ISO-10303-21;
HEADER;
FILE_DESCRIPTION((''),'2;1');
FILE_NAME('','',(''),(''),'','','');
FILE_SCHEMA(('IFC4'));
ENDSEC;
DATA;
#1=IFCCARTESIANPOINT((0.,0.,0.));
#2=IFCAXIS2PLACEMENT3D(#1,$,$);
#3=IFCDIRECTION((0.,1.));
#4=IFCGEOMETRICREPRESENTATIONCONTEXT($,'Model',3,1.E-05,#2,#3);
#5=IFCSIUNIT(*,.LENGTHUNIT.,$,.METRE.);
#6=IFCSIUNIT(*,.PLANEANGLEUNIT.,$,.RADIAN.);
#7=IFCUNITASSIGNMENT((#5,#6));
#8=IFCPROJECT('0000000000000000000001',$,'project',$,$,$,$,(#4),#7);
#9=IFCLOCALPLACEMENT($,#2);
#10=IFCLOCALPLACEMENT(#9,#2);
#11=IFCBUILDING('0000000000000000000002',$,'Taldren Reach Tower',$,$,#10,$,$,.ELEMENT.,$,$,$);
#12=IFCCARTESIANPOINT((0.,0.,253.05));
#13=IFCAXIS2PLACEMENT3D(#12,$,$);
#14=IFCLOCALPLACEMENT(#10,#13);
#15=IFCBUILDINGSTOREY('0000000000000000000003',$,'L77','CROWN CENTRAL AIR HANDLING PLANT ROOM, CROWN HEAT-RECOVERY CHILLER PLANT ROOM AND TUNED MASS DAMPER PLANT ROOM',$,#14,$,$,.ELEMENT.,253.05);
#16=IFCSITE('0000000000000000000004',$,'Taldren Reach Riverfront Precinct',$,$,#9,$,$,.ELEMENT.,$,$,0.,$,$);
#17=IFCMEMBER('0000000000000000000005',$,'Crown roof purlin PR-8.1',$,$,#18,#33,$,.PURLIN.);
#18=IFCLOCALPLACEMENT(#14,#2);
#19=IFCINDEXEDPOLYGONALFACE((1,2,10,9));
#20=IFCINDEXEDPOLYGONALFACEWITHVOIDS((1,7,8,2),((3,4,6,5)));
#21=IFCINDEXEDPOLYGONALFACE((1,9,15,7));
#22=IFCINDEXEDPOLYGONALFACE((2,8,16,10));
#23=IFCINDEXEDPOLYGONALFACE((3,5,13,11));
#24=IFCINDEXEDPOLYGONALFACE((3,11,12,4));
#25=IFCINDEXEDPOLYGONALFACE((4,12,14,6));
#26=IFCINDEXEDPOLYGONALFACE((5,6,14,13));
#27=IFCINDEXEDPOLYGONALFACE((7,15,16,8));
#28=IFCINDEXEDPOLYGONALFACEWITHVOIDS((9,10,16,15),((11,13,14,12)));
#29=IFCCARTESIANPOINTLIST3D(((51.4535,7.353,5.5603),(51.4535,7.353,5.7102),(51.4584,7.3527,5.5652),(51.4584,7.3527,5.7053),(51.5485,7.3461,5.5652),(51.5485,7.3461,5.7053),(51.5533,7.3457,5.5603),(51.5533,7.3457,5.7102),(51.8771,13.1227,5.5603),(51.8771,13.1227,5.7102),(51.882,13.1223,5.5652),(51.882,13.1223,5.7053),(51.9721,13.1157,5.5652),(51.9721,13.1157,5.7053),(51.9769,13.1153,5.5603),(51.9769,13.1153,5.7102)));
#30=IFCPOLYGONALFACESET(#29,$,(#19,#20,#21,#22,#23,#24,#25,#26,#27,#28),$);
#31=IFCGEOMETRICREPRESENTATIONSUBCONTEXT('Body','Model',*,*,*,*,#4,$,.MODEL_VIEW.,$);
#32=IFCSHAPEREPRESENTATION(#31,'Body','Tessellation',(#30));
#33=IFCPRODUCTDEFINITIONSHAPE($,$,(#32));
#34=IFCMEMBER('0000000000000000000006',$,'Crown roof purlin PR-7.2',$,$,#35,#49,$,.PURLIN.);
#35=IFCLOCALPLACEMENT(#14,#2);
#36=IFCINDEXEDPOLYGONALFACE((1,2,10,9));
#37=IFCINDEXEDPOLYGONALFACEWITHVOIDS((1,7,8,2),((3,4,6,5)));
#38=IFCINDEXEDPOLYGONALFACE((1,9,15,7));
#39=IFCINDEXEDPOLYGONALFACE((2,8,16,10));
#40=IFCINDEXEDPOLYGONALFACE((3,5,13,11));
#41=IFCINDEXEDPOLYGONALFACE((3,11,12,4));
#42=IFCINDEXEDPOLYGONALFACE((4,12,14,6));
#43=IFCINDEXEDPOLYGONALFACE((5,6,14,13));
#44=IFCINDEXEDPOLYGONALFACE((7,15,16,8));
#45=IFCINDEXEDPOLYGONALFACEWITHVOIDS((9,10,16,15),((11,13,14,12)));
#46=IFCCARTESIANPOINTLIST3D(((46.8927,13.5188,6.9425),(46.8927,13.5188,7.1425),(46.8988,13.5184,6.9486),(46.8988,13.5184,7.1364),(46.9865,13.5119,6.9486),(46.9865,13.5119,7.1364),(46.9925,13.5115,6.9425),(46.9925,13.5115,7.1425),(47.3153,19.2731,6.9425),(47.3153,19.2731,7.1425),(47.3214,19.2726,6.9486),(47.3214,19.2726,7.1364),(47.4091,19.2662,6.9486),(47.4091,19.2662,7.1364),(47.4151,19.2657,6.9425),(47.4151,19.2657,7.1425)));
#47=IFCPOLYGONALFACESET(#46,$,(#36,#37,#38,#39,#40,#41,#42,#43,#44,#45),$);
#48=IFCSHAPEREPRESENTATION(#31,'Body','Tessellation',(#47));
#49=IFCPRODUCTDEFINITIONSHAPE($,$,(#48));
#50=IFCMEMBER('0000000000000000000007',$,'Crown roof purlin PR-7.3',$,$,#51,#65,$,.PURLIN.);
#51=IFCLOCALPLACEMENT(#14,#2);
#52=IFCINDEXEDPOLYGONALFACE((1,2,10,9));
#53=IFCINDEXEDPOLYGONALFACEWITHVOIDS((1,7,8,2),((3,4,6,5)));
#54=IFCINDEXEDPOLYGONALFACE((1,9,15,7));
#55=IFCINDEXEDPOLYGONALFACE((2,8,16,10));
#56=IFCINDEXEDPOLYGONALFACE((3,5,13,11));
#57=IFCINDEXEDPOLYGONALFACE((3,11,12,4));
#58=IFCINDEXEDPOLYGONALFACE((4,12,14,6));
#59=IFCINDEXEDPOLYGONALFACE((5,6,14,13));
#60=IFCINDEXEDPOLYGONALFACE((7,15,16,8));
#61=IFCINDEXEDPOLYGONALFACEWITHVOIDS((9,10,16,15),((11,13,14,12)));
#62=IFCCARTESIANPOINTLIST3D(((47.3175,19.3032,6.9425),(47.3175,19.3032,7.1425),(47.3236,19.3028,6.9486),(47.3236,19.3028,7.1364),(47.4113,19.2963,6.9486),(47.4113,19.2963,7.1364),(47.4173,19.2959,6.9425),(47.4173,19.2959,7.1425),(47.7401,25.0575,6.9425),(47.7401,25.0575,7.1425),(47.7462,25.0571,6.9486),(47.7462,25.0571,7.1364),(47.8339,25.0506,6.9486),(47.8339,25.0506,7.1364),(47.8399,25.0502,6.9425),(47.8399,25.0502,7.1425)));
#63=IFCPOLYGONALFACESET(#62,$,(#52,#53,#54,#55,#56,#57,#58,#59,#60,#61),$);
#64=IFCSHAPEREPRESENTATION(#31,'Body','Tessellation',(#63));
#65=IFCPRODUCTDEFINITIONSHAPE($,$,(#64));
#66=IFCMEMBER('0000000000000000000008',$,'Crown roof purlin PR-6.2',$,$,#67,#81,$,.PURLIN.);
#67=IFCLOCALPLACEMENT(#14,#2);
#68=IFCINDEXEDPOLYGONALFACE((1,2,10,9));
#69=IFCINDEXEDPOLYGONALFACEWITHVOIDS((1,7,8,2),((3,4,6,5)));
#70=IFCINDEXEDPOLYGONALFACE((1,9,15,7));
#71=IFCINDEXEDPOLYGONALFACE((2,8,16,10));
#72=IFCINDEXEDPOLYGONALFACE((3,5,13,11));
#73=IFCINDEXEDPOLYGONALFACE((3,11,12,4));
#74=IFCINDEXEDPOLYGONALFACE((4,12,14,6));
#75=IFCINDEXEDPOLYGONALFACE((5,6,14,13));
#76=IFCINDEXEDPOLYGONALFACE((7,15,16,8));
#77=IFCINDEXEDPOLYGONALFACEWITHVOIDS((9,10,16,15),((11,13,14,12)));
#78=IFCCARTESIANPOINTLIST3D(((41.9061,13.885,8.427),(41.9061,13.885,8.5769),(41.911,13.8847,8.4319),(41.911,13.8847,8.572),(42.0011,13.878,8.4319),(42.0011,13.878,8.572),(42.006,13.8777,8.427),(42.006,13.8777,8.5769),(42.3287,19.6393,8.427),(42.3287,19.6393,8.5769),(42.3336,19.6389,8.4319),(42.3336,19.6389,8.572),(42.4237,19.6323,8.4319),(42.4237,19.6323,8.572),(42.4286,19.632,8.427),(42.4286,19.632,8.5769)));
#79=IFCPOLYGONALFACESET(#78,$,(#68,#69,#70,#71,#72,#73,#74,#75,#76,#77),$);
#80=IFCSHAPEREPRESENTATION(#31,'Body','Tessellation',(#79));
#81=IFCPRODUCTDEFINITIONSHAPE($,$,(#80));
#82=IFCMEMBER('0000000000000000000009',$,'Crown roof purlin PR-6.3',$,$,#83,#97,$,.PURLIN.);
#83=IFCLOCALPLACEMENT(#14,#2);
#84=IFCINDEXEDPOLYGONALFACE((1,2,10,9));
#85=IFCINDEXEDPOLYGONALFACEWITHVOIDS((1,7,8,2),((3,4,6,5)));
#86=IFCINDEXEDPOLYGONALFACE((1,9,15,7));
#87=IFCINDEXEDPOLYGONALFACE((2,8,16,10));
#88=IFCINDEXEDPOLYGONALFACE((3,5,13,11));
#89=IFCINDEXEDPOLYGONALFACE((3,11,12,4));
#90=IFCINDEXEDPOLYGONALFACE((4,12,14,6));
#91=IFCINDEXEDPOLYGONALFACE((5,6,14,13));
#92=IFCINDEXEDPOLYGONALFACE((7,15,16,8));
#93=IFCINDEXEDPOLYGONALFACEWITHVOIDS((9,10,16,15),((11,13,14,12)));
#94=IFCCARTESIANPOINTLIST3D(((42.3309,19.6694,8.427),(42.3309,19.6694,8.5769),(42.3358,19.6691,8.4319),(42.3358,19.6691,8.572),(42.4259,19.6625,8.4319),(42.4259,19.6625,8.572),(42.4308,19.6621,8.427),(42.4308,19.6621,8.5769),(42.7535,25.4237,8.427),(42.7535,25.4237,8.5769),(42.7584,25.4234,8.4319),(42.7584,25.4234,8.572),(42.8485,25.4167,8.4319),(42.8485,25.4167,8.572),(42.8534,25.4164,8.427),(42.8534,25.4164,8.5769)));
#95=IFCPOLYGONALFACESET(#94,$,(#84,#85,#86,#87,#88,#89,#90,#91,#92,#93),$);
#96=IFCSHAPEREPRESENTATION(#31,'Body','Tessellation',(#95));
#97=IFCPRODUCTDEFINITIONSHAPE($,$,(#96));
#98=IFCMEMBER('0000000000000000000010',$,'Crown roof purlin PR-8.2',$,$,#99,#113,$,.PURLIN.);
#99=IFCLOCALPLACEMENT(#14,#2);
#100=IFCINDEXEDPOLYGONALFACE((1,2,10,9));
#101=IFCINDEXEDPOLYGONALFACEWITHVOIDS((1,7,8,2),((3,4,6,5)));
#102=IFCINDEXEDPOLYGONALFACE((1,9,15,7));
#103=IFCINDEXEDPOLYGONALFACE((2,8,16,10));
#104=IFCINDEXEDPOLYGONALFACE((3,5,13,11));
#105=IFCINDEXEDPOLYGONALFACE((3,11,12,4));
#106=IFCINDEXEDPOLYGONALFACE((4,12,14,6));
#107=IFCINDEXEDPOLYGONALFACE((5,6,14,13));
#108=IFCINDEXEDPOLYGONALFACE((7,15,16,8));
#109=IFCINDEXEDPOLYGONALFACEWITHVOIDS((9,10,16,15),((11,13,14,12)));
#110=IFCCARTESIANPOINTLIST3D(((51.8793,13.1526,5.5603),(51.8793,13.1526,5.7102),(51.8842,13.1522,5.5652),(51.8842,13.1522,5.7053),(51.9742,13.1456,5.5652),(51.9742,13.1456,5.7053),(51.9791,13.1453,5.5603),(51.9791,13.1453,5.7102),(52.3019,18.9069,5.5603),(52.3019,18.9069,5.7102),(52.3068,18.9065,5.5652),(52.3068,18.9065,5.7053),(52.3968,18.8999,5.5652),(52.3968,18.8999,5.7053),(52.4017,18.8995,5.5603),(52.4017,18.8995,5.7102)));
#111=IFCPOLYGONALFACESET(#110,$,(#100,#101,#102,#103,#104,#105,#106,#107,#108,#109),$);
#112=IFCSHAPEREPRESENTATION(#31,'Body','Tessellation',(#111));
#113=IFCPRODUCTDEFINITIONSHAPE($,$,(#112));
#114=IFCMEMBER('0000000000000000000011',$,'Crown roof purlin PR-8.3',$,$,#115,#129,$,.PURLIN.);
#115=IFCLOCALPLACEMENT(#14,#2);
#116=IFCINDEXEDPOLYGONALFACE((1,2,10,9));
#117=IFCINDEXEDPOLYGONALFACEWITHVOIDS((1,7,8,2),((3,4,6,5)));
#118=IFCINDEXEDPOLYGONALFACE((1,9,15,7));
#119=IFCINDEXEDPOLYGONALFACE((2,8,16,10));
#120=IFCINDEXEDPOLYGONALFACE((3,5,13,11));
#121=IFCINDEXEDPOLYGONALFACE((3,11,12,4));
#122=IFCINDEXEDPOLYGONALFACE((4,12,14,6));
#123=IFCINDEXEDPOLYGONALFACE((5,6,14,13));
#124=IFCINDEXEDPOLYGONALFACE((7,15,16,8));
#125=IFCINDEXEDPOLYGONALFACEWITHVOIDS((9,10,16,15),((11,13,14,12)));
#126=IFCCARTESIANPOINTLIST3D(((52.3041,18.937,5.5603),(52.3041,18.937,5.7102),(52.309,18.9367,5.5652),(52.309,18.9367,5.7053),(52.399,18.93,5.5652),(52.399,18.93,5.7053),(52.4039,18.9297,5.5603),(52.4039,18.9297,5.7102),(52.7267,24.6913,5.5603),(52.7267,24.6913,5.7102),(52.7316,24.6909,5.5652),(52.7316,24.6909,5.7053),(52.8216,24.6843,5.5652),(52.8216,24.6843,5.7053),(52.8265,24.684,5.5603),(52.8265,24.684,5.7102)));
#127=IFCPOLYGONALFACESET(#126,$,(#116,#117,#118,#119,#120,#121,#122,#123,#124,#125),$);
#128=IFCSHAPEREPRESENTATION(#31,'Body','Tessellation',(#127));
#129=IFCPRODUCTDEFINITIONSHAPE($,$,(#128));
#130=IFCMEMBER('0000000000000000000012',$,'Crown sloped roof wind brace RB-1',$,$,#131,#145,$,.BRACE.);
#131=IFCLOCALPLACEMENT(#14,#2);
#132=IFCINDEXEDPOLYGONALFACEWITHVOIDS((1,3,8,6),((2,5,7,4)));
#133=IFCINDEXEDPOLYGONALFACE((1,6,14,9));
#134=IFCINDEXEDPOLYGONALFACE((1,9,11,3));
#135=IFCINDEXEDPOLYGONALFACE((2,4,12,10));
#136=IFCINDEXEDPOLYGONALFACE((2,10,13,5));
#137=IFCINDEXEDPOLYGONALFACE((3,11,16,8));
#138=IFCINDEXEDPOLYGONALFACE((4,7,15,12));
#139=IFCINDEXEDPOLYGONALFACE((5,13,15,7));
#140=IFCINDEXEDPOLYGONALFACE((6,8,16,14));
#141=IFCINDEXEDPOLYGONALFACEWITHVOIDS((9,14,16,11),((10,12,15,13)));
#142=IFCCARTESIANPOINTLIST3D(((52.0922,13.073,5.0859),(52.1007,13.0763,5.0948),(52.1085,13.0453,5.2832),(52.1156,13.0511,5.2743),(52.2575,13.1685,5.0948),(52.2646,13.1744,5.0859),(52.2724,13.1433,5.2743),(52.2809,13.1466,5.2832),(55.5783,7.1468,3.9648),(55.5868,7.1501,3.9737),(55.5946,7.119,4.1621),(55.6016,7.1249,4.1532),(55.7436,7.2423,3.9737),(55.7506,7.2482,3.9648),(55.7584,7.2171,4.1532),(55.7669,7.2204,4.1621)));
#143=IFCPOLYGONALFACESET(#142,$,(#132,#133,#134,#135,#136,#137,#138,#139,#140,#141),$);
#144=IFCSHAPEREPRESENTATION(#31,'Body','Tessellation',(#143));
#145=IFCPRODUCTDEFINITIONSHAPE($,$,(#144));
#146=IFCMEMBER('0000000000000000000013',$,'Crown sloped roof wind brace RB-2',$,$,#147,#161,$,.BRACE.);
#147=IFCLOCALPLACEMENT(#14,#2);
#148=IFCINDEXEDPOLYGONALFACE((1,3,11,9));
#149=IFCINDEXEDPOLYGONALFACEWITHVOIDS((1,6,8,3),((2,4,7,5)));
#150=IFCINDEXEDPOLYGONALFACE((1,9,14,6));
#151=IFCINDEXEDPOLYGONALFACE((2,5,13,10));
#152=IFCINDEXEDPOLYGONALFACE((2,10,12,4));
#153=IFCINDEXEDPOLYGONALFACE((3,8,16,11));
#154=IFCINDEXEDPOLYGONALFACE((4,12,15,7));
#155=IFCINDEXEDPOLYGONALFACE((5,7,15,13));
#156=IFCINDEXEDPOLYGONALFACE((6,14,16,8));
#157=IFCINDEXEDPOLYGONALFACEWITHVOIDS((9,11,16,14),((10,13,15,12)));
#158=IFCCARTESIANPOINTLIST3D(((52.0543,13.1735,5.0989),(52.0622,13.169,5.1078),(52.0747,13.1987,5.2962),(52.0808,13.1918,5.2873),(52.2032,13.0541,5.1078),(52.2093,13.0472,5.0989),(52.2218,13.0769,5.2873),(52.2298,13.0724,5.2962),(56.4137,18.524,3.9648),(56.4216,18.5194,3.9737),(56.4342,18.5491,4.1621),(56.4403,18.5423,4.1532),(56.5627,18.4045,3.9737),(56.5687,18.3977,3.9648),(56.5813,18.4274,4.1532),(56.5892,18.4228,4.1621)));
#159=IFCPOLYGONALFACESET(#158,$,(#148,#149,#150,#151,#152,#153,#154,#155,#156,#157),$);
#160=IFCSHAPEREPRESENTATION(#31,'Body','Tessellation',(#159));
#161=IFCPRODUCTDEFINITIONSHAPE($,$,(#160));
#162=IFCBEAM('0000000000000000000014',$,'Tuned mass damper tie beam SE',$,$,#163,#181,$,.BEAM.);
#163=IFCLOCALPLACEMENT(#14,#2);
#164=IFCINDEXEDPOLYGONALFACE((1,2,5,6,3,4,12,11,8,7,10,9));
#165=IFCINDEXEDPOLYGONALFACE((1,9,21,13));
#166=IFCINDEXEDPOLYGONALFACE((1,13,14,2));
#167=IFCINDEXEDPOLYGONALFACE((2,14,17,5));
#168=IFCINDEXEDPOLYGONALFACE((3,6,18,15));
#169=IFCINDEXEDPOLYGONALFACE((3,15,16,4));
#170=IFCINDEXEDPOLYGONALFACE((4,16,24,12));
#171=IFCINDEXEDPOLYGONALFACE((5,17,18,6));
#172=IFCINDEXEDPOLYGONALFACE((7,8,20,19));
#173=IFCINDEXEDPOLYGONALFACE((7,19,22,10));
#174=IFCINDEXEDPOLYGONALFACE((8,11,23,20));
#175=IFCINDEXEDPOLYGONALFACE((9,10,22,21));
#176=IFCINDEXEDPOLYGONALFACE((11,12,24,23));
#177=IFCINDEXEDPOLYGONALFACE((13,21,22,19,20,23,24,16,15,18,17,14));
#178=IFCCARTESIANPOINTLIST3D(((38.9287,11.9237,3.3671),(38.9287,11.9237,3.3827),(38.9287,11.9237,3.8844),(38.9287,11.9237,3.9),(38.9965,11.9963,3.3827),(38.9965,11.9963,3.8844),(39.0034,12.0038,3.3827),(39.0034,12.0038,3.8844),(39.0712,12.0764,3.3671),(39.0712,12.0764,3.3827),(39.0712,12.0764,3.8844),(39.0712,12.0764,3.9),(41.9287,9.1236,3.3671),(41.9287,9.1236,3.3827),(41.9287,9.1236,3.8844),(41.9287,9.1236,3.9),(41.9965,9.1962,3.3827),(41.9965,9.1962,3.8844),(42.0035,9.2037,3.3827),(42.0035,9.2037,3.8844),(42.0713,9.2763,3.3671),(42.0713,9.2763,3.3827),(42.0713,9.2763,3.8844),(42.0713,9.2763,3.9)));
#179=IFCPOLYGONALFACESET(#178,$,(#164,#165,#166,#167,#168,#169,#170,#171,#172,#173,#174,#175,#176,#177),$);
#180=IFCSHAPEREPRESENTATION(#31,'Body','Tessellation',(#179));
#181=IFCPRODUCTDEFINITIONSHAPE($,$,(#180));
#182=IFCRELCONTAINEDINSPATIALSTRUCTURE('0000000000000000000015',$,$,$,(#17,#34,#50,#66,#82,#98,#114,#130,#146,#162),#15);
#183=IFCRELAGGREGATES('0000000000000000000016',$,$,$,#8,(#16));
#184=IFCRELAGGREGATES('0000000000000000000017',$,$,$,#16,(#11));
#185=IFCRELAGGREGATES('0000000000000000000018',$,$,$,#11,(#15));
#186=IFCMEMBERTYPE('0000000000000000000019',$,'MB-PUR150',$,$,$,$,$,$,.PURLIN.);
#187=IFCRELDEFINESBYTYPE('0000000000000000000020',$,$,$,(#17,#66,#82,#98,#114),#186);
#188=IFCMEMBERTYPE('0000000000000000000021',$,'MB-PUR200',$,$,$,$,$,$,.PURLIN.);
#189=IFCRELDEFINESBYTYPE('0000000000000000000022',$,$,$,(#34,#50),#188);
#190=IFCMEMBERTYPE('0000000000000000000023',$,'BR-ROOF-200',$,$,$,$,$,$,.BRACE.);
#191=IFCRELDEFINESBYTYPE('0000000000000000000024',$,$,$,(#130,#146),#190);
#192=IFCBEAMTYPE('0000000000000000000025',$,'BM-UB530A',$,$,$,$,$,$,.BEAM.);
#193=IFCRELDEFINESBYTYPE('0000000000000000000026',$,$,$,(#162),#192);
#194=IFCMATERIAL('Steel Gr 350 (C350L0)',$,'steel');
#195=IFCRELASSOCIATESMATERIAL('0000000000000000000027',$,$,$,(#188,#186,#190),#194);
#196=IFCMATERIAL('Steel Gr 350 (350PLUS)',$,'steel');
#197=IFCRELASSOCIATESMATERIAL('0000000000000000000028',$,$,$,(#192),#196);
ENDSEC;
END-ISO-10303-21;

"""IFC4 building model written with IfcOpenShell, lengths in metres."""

from ifc_helpers import new_model, si_unit, direction, frame, origin, origin_2d, place, context, subcontext, project, spatial, hollow_rectangle, i_section, extrude, source, transform, mapped, material, material_profile, profile_set, type_object, element, save


model = new_model("IFC4")

# Units and contexts
model_context = context("Model", 3, precision=1e-05, world=origin(), true_north=direction((0.0, 1.0)))
body_context = subcontext(model_context, "Body", "Model", "MODEL_VIEW")
ifc_project = project(units=[si_unit("LENGTHUNIT", "METRE"), si_unit("PLANEANGLEUNIT", "RADIAN")], contexts=[model_context])

# Site, building, storey
site_placement = place(None, origin())
site = spatial("IfcSite", under=ifc_project, at=site_placement, Name="Taldren Reach Riverfront Precinct", CompositionType="ELEMENT", RefElevation=0.0)
building_placement = place(site_placement, origin())
building = spatial("IfcBuilding", under=site, at=building_placement, Name="Taldren Reach Tower", CompositionType="ELEMENT")
storey_placement = place(building_placement, frame((0.0, 0.0, 253.05)))
storey = spatial("IfcBuildingStorey", under=building, at=storey_placement, Name="L77", Description="CROWN CENTRAL AIR HANDLING PLANT ROOM, CROWN HEAT-RECOVERY CHILLER PLANT ROOM AND TUNED MASS DAMPER PLANT ROOM", CompositionType="ELEMENT", Elevation=253.05)

# Shared definitions
ifc_material_1 = material(Name="Steel Gr 350 (350PLUS)", Category="steel")

# Shared definitions
ifc_material_2 = material(Name="Steel Gr 350 (C350L0)", Category="steel")

# Members
ifc_material_profile_1 = material_profile(ifc_material_2, hollow_rectangle(XDim=0.1001, YDim=0.2, WallThickness=0.0061, at=origin_2d()), Name="200x100x6.0RHS")
ifc_profile_set_1 = profile_set([ifc_material_profile_1], Name="Steel Gr 350 (C350L0)")
member_type_1 = type_object("IfcMemberType", Name="MB-PUR200", PredefinedType="PURLIN", material=ifc_profile_set_1)
ifc_material_profile_2 = material_profile(ifc_material_2, hollow_rectangle(XDim=0.1001, YDim=0.1499, WallThickness=0.0049, at=origin_2d()), Name="150x100x5.0RHS")
ifc_profile_set_2 = profile_set([ifc_material_profile_2], Name="Steel Gr 350 (C350L0)")
member_type_2 = type_object("IfcMemberType", Name="MB-PUR150", PredefinedType="PURLIN", material=ifc_profile_set_2)
shared_shape_1 = source(origin(), body_context, "Body", "SweptSolid", [
    extrude(hollow_rectangle(XDim=0.1001, YDim=0.1499, WallThickness=0.0049, at=origin_2d()), origin(), (0.0, 0.0, 1.0), 5.7852),
])
member_1_placement = place(storey_placement, frame((51.5034, 7.3494, 5.6353), z_axis=(0.07322, 0.997316, 0.0), x_axis=(-0.997316, 0.07322, 0.0)))
element("IfcMember", 1, at=member_1_placement, inside=storey, type_object=member_type_2, Name="Crown roof purlin PR-8.1", PredefinedType="PURLIN", context=body_context, shape_type="MappedRepresentation", body=[
    mapped(shared_shape_1, transform((0.0, 0.0, 0.0), scale=1.0)),
])
shared_shape_2 = source(origin(), body_context, "Body", "SweptSolid", [
    extrude(hollow_rectangle(XDim=0.1001, YDim=0.2, WallThickness=0.0061, at=origin_2d()), origin(), (0.0, 0.0, 1.0), 5.7698),
])
for number, where, z_axis, x_axis, name in (
    (2, (46.9426, 13.5151, 7.0425), (0.073244, 0.997314, 0.0), (-0.997314, 0.073244, 0.0), "Crown roof purlin PR-7.2"),
    (3, (47.3674, 19.2996, 7.0425), (0.073244, 0.997314, 0.0), (-0.997314, 0.073244, 0.0), "Crown roof purlin PR-7.3"),
):
    element("IfcMember", number, at=place(storey_placement, frame(where, z_axis=z_axis, x_axis=x_axis)), inside=storey, type_object=member_type_1, Name=name, PredefinedType="PURLIN", context=body_context, shape_type="MappedRepresentation", body=[
        mapped(shared_shape_2, transform((0.0, 0.0, 0.0), scale=1.0)),
    ])
shared_shape_3 = source(origin(), body_context, "Body", "SweptSolid", [
    extrude(hollow_rectangle(XDim=0.1001, YDim=0.1499, WallThickness=0.0049, at=origin_2d()), origin(), (0.0, 0.0, 1.0), 5.7698),
])
for number, where, z_axis, x_axis, name in (
    (4, (41.9561, 13.8813, 8.502), (0.073244, 0.997314, 0.0), (-0.997314, 0.073244, 0.0), "Crown roof purlin PR-6.2"),
    (5, (42.3809, 19.6658, 8.502), (0.073244, 0.997314, 0.0), (-0.997314, 0.073244, 0.0), "Crown roof purlin PR-6.3"),
    (6, (51.9292, 13.1489, 5.6353), (0.073244, 0.997314, 0.0), (-0.997314, 0.073244, 0.0), "Crown roof purlin PR-8.2"),
    (7, (52.354, 18.9333, 5.6353), (0.073244, 0.997314, 0.0), (-0.997314, 0.073244, 0.0), "Crown roof purlin PR-8.3"),
):
    element("IfcMember", number, at=place(storey_placement, frame(where, z_axis=z_axis, x_axis=x_axis)), inside=storey, type_object=member_type_2, Name=name, PredefinedType="PURLIN", context=body_context, shape_type="MappedRepresentation", body=[
        mapped(shared_shape_3, transform((0.0, 0.0, 0.0), scale=1.0)),
    ])
ifc_material_profile_3 = material_profile(ifc_material_2, hollow_rectangle(XDim=0.2, YDim=0.2, WallThickness=0.009, at=origin_2d()), Name="200x200x9.0SHS")
ifc_profile_set_3 = profile_set([ifc_material_profile_3], Name="Steel Gr 350 (C350L0)")
member_type_3 = type_object("IfcMemberType", Name="BR-ROOF-200", PredefinedType="BRACE", material=ifc_profile_set_3)
shared_shape_4 = source(origin(), body_context, "Body", "SweptSolid", [
    extrude(hollow_rectangle(XDim=0.2, YDim=0.2, WallThickness=0.009, at=origin_2d()), origin(), (0.0, 0.0, 1.0), 6.9663),
])
member_2_placement = place(storey_placement, frame((55.6726, 7.1836, 4.0635), z_axis=(-0.500416, 0.850697, 0.160929), x_axis=(-0.861931, -0.507025, 0.0)))
element("IfcMember", 8, at=member_2_placement, inside=storey, type_object=member_type_3, Name="Crown sloped roof wind brace RB-1", PredefinedType="BRACE", context=body_context, shape_type="MappedRepresentation", body=[
    mapped(shared_shape_4, transform((0.0, 0.0, 0.0), scale=1.0)),
])
shared_shape_5 = source(origin(), body_context, "Body", "SweptSolid", [
    extrude(hollow_rectangle(XDim=0.2, YDim=0.2, WallThickness=0.009, at=origin_2d()), origin(), (0.0, 0.0, 1.0), 6.9941),
])
member_3_placement = place(storey_placement, frame((56.5015, 18.4734, 4.0635), z_axis=(-0.6233, -0.764988, 0.162143), x_axis=(0.775247, -0.631659, 0.0)))
element("IfcMember", 9, at=member_3_placement, inside=storey, type_object=member_type_3, Name="Crown sloped roof wind brace RB-2", PredefinedType="BRACE", context=body_context, shape_type="MappedRepresentation", body=[
    mapped(shared_shape_5, transform((0.0, 0.0, 0.0), scale=1.0)),
])

# Beam
ifc_material_profile_4 = material_profile(ifc_material_1, i_section(OverallWidth=0.209, OverallDepth=0.533, WebThickness=0.0103, FlangeThickness=0.0156, at=origin_2d()), Name="530UB92.4")
ifc_profile_set_4 = profile_set([ifc_material_profile_4], Name="Steel Gr 350 (350PLUS)")
beam_type_1 = type_object("IfcBeamType", Name="BM-UB530A", PredefinedType="BEAM", material=ifc_profile_set_4)
shared_shape_6 = source(origin(), body_context, "Body", "SweptSolid", [
    extrude(i_section(OverallWidth=0.209, OverallDepth=0.533, WebThickness=0.0103, FlangeThickness=0.0156, at=origin_2d()), origin(), (0.0, 0.0, 1.0), 4.1038),
])
beam_1_placement = place(storey_placement, frame((42.0, 9.2, 3.6335), z_axis=(-0.731049, 0.682325, 0.0), x_axis=(-0.682325, -0.731049, 0.0)))
element("IfcBeam", 10, at=beam_1_placement, inside=storey, type_object=beam_type_1, Name="Tuned mass damper tie beam SE", PredefinedType="BEAM", context=body_context, shape_type="MappedRepresentation", body=[
    mapped(shared_shape_6, transform((0.0, 0.0, 0.0), scale=1.0)),
])

save(model, "model.ifc")
